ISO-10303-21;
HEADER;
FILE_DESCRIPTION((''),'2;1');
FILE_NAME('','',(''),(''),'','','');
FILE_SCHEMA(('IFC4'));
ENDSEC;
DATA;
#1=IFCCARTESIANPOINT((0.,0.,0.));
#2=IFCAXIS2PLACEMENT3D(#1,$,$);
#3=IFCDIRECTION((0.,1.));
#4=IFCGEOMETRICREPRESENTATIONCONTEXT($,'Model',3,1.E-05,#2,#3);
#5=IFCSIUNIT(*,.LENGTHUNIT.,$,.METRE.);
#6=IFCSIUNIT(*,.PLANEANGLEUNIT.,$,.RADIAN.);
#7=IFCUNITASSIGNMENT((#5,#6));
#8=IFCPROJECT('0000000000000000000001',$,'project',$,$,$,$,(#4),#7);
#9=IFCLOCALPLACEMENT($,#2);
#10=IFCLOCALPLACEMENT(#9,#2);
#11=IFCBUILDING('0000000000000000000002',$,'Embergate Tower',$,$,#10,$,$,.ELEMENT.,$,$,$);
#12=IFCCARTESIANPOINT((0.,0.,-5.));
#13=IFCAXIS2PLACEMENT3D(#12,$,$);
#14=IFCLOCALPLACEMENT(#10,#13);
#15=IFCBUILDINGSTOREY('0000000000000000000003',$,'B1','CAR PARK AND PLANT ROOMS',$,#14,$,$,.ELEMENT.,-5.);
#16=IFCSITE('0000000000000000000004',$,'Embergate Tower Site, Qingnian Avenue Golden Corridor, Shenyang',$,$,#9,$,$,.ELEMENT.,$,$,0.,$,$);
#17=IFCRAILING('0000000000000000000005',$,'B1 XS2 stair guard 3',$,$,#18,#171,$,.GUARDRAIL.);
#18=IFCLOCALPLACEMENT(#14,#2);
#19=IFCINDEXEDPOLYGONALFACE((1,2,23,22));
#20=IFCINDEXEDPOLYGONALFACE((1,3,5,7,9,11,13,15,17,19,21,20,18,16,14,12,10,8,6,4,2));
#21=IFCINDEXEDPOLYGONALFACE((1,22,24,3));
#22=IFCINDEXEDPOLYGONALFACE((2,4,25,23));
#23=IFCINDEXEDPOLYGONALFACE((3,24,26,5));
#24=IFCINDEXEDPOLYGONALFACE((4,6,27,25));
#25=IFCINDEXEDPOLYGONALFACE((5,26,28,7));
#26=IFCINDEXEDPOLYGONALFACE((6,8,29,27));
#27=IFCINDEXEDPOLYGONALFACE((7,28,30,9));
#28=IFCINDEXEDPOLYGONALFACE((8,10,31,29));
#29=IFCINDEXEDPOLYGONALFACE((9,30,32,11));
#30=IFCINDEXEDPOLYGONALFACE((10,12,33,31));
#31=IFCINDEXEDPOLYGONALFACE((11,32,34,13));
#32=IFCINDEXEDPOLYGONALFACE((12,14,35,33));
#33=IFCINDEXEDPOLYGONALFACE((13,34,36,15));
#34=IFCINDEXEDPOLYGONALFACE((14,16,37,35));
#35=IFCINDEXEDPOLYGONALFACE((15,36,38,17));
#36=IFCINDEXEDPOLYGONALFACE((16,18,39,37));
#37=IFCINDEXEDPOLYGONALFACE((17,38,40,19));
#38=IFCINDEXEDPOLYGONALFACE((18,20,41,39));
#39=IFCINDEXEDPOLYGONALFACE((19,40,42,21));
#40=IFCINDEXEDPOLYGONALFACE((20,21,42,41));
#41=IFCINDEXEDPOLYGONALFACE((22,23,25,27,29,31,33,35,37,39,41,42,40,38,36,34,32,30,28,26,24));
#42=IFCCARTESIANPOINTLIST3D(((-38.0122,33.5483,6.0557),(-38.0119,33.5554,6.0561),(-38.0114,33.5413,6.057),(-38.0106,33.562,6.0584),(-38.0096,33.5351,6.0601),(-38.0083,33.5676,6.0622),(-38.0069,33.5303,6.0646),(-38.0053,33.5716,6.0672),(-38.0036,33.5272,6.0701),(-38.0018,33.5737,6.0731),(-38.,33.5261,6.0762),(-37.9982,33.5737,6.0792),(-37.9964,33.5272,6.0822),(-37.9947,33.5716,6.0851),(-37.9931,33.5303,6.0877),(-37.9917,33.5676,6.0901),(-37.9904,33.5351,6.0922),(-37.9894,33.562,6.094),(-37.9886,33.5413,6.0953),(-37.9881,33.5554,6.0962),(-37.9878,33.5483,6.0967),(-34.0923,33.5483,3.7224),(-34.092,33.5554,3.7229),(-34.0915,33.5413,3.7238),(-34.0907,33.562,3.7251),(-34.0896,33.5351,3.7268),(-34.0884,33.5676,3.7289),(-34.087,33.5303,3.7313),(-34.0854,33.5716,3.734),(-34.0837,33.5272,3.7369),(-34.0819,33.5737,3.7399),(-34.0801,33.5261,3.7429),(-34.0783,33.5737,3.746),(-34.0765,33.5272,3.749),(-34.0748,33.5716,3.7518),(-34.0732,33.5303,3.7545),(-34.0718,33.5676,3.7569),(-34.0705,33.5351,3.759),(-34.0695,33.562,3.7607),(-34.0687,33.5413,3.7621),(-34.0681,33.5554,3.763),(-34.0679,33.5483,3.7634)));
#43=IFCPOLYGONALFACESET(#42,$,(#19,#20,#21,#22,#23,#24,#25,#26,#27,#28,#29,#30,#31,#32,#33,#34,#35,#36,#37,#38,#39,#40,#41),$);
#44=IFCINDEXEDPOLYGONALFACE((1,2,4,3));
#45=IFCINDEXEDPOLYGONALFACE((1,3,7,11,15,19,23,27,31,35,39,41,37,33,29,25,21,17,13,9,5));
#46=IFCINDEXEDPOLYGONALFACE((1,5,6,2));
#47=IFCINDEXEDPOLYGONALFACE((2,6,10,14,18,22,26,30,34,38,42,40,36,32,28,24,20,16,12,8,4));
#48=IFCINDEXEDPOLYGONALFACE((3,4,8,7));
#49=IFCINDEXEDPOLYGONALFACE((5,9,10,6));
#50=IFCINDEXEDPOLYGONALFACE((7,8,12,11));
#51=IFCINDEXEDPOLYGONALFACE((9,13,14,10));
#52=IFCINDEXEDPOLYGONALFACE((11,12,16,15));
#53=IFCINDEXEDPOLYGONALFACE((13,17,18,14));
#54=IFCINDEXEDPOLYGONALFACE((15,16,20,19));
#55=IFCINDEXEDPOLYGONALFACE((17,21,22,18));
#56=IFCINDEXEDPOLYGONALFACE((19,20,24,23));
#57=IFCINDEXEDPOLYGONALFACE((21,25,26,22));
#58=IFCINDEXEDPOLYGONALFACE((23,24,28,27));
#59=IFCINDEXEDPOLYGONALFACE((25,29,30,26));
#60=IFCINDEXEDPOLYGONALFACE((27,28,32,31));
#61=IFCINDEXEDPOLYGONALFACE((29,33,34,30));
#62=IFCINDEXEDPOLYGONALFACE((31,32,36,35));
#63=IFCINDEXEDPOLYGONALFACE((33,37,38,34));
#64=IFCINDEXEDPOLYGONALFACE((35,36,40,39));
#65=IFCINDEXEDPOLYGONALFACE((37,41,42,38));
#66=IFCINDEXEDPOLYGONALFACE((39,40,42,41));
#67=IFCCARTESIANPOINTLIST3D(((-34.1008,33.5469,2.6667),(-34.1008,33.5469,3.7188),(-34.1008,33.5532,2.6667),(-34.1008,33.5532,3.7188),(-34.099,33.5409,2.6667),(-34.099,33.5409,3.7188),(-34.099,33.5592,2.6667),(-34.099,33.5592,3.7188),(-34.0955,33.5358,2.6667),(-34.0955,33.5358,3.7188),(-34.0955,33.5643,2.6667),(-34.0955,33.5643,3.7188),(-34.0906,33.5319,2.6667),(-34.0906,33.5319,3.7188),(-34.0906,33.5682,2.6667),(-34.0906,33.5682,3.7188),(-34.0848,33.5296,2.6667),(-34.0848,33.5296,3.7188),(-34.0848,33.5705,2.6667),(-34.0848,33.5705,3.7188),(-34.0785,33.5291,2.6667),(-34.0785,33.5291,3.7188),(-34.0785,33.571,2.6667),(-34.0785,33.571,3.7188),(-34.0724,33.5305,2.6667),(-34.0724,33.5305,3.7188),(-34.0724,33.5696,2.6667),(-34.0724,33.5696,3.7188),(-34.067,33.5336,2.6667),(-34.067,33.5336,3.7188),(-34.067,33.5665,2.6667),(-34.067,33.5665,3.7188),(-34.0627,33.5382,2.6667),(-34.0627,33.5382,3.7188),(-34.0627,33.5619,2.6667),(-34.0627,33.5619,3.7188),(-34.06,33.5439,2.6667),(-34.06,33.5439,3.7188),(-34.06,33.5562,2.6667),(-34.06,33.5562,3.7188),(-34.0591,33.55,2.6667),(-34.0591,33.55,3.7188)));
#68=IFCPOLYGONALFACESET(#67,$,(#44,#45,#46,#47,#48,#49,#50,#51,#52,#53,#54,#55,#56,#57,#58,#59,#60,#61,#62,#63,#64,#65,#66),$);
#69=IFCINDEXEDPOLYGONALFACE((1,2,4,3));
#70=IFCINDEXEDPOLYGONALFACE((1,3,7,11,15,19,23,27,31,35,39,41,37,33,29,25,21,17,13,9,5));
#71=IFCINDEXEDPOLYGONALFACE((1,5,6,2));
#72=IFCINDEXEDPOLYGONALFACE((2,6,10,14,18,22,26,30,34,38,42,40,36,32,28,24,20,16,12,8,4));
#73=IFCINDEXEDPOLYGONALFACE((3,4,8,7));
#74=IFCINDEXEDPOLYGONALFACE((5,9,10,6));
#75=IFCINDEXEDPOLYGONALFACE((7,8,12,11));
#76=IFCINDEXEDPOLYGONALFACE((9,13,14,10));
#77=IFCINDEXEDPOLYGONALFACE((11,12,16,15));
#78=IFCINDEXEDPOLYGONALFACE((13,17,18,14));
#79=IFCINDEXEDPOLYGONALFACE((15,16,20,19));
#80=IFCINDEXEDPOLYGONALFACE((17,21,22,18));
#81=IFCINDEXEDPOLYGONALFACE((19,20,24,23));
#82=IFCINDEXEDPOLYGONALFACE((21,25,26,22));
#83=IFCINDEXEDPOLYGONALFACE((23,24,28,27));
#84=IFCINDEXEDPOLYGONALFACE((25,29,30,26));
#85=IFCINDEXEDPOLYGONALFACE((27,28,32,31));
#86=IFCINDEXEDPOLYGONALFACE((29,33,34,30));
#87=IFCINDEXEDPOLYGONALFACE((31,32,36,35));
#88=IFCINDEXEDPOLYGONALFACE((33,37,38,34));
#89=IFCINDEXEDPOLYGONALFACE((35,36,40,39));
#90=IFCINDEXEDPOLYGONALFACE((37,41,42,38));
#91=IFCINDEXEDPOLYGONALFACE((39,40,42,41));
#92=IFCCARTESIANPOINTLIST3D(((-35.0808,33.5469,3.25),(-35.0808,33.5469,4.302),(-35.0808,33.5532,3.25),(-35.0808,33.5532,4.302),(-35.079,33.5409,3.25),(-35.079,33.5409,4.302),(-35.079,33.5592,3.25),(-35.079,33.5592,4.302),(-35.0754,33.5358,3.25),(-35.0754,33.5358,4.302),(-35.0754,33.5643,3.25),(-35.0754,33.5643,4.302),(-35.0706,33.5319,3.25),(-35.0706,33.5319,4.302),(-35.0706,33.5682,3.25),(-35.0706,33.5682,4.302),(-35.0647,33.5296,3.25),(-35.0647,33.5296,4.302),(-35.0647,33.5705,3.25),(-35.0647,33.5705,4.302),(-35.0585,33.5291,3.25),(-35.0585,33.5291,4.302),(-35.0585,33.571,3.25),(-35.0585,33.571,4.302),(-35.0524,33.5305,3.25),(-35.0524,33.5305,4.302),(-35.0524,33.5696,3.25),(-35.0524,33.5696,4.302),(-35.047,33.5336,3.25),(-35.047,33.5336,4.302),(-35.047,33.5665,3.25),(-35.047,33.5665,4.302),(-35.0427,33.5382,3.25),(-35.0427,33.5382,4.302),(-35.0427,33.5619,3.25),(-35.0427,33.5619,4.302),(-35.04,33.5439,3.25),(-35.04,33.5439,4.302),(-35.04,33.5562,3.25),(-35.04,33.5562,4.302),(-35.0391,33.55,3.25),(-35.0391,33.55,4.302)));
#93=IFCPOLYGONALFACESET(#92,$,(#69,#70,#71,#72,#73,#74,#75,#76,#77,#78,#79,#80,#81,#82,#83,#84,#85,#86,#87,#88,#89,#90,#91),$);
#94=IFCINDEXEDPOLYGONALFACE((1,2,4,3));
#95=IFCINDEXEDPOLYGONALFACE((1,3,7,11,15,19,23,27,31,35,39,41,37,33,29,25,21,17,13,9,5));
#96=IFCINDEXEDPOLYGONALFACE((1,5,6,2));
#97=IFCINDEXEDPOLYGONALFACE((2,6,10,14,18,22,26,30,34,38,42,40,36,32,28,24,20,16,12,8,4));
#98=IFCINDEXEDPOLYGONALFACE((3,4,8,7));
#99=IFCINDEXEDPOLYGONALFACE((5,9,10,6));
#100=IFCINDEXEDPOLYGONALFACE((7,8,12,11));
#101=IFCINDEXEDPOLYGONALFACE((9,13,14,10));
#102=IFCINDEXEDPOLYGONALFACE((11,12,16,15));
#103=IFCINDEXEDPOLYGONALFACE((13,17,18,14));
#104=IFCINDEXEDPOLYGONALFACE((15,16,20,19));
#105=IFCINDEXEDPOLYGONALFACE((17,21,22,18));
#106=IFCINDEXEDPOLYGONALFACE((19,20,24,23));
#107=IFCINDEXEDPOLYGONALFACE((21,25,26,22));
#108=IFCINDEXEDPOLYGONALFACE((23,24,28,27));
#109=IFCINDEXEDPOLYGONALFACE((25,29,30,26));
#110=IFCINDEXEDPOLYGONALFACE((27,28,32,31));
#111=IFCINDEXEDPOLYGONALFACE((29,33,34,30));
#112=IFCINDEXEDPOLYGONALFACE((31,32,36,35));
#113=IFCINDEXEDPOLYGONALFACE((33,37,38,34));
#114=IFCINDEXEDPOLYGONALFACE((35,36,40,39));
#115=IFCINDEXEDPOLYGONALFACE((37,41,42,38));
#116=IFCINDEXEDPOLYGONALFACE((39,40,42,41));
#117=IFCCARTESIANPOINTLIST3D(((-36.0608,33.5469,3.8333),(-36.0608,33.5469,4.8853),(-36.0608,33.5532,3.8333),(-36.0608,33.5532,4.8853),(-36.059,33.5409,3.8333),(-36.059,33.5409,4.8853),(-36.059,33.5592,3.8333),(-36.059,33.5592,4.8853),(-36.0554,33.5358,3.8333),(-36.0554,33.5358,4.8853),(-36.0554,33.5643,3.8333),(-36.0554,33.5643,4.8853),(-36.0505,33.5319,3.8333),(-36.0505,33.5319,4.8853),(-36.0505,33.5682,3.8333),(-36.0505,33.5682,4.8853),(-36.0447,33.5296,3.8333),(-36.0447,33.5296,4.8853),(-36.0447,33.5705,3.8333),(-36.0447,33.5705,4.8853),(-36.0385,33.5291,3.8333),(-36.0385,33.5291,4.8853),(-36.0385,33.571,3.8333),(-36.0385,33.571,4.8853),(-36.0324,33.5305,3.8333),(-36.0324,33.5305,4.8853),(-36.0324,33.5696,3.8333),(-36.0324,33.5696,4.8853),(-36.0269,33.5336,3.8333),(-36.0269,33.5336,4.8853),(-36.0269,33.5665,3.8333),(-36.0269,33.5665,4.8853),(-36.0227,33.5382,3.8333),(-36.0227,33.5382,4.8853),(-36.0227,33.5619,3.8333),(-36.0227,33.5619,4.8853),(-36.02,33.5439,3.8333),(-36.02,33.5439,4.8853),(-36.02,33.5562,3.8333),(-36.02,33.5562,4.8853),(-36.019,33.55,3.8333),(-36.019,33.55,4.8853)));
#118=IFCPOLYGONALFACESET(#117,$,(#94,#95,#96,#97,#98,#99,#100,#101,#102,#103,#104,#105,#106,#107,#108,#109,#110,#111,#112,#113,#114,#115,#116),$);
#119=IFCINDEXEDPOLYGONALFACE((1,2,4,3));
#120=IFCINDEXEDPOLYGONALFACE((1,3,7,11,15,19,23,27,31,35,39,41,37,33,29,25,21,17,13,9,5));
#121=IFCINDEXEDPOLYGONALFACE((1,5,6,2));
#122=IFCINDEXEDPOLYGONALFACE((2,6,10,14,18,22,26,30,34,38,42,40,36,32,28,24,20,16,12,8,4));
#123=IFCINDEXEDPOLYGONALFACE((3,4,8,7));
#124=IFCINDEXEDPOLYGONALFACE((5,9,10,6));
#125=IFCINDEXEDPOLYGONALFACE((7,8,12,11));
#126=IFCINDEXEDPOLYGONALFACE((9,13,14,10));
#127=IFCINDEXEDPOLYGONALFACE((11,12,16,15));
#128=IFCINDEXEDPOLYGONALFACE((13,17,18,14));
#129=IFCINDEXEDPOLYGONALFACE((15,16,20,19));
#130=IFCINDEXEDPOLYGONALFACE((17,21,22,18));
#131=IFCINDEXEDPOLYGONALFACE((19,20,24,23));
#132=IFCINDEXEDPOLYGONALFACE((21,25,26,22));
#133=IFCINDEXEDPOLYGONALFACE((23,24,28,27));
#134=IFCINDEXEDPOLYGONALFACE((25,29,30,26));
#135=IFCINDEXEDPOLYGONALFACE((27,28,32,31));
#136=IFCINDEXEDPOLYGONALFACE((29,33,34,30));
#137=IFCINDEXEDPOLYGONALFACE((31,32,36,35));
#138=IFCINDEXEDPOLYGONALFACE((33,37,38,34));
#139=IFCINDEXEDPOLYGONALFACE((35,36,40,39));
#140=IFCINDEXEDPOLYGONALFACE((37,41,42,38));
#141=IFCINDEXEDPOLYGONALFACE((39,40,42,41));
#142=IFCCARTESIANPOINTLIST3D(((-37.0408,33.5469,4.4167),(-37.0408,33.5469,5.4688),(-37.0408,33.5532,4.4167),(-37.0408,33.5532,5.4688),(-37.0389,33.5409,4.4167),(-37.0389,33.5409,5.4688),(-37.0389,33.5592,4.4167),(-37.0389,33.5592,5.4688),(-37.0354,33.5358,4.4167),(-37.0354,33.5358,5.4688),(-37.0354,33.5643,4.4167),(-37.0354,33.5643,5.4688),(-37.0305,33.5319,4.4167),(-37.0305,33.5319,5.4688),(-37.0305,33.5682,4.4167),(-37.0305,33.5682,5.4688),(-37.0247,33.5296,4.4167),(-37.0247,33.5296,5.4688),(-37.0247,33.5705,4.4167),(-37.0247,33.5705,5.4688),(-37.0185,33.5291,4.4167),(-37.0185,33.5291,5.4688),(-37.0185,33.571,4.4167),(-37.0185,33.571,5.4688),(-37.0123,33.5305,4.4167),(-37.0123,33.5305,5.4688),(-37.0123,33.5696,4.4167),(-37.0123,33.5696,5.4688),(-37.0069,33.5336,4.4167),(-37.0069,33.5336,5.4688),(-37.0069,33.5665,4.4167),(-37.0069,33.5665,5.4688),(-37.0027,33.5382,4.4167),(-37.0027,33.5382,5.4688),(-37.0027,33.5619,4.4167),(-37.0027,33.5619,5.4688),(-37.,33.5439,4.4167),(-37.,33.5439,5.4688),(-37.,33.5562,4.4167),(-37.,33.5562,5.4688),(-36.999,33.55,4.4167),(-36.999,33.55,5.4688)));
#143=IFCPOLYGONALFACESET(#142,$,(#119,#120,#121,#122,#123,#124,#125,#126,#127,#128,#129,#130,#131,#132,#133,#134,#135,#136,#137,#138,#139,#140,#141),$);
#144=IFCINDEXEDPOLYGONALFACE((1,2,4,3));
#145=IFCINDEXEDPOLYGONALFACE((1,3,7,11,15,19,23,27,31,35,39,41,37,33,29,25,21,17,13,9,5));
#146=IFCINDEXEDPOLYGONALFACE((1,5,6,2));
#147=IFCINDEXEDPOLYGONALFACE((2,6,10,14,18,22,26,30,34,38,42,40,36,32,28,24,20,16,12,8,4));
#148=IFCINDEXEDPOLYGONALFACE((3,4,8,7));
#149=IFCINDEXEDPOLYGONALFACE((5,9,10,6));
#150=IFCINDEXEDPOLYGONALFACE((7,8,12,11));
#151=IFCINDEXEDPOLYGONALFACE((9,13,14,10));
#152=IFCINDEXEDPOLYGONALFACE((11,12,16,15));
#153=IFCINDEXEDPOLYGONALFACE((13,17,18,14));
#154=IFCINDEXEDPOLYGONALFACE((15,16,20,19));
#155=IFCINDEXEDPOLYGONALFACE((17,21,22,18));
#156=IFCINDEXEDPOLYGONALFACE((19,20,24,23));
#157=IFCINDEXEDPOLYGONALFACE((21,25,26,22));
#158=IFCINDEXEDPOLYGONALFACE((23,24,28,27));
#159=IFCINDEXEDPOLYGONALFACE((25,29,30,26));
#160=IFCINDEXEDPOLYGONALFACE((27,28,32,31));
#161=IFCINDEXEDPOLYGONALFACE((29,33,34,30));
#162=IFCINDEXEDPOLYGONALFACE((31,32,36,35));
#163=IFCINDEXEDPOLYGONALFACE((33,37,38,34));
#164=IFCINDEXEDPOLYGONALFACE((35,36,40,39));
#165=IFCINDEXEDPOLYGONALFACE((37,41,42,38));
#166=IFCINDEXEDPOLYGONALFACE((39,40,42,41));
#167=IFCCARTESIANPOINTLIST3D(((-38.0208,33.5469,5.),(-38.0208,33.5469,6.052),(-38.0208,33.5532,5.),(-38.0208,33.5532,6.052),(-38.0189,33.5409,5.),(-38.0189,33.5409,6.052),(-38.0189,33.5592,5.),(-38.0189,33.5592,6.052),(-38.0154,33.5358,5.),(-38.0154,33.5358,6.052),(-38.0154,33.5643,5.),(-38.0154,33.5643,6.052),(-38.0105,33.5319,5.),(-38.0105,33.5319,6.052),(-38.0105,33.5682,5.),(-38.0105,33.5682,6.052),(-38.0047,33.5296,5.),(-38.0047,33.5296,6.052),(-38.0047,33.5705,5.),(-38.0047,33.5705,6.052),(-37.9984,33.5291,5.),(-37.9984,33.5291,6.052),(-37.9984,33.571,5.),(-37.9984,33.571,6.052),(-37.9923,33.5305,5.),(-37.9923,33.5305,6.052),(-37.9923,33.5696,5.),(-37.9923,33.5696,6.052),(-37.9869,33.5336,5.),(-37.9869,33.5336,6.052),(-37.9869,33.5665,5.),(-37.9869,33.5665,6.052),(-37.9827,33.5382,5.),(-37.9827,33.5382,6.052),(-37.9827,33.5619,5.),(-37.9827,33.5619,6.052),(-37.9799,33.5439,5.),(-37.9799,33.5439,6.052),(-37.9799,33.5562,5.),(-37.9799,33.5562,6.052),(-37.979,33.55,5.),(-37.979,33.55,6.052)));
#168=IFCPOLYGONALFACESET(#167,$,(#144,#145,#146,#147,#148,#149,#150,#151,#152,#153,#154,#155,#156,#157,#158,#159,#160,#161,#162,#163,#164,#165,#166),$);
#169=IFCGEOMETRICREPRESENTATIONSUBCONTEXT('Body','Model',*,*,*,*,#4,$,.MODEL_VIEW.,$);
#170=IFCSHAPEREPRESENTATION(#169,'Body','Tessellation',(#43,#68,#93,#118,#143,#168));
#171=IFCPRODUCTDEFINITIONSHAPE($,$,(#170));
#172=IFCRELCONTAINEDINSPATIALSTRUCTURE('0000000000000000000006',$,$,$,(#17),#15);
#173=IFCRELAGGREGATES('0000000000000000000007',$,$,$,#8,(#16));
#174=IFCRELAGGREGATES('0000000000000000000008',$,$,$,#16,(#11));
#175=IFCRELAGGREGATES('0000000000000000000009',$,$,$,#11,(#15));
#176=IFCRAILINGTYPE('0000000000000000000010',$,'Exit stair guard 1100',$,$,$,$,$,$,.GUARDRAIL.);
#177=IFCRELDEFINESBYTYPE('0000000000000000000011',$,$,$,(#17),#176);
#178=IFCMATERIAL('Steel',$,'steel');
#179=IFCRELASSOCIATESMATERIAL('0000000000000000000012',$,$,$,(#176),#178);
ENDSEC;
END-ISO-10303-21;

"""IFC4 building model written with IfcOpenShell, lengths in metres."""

from ifc_helpers import new_model, si_unit, direction, frame, origin, origin_2d, place, context, subcontext, project, spatial, circle, extrude, source, transform, mapped, material, type_object, element, save


model = new_model("IFC4")

# Units and contexts
model_context = context("Model", 3, precision=1e-05, world=origin(), true_north=direction((0.0, 1.0)))
body_context = subcontext(model_context, "Body", "Model", "MODEL_VIEW")
ifc_project = project(units=[si_unit("LENGTHUNIT", "METRE"), si_unit("PLANEANGLEUNIT", "RADIAN")], contexts=[model_context])

# Site, building, storey
site_placement = place(None, origin())
site = spatial("IfcSite", under=ifc_project, at=site_placement, Name="Embergate Tower Site, Qingnian Avenue Golden Corridor, Shenyang", CompositionType="ELEMENT", RefElevation=0.0)
building_placement = place(site_placement, origin())
building = spatial("IfcBuilding", under=site, at=building_placement, Name="Embergate Tower", CompositionType="ELEMENT")
storey_placement = place(building_placement, frame((0.0, 0.0, -5.0)))
storey = spatial("IfcBuildingStorey", under=building, at=storey_placement, Name="B1", Description="CAR PARK AND PLANT ROOMS", CompositionType="ELEMENT", Elevation=-5.0)

# Railing
ifc_material_1 = material(Name="Steel", Category="steel")
railing_type_1 = type_object("IfcRailingType", Name="Exit stair guard 1100", PredefinedType="GUARDRAIL", material=ifc_material_1)
shared_shape_1 = source(origin(), body_context, "Body", "SweptSolid", [
    extrude(circle(Radius=0.0239, at=origin_2d()), frame((0.0, 0.0, 1.0762), z_axis=(-0.859296, 0.0, 0.511478), x_axis=(0.0, -1.0, 0.0)), (0.0, 0.0, 1.0), 4.5618),
    extrude(circle(Radius=0.021, at=origin_2d()), origin(), (0.0, 0.0, 1.0), 1.052),
    extrude(circle(Radius=0.021, at=origin_2d()), frame((-0.98, 0.0, 0.5833)), (0.0, 0.0, 1.0), 1.052),
    extrude(circle(Radius=0.021, at=origin_2d()), frame((-1.96, 0.0, 1.1665)), (0.0, 0.0, 1.0), 1.052),
    extrude(circle(Radius=0.021, at=origin_2d()), frame((-2.9399, 0.0, 1.75)), (0.0, 0.0, 1.0), 1.052),
    extrude(circle(Radius=0.021, at=origin_2d()), frame((-3.9199, 0.0, 2.3333)), (0.0, 0.0, 1.0), 1.052),
])
railing_1_placement = place(storey_placement, frame((-34.0801, 33.55, 2.6667)))
element("IfcRailing", 1, at=railing_1_placement, inside=storey, type_object=railing_type_1, Name="B1 XS2 stair guard 3", PredefinedType="GUARDRAIL", context=body_context, shape_type="MappedRepresentation", body=[
    mapped(shared_shape_1, transform((0.0, 0.0, 0.0))),
])

save(model, "model.ifc")
